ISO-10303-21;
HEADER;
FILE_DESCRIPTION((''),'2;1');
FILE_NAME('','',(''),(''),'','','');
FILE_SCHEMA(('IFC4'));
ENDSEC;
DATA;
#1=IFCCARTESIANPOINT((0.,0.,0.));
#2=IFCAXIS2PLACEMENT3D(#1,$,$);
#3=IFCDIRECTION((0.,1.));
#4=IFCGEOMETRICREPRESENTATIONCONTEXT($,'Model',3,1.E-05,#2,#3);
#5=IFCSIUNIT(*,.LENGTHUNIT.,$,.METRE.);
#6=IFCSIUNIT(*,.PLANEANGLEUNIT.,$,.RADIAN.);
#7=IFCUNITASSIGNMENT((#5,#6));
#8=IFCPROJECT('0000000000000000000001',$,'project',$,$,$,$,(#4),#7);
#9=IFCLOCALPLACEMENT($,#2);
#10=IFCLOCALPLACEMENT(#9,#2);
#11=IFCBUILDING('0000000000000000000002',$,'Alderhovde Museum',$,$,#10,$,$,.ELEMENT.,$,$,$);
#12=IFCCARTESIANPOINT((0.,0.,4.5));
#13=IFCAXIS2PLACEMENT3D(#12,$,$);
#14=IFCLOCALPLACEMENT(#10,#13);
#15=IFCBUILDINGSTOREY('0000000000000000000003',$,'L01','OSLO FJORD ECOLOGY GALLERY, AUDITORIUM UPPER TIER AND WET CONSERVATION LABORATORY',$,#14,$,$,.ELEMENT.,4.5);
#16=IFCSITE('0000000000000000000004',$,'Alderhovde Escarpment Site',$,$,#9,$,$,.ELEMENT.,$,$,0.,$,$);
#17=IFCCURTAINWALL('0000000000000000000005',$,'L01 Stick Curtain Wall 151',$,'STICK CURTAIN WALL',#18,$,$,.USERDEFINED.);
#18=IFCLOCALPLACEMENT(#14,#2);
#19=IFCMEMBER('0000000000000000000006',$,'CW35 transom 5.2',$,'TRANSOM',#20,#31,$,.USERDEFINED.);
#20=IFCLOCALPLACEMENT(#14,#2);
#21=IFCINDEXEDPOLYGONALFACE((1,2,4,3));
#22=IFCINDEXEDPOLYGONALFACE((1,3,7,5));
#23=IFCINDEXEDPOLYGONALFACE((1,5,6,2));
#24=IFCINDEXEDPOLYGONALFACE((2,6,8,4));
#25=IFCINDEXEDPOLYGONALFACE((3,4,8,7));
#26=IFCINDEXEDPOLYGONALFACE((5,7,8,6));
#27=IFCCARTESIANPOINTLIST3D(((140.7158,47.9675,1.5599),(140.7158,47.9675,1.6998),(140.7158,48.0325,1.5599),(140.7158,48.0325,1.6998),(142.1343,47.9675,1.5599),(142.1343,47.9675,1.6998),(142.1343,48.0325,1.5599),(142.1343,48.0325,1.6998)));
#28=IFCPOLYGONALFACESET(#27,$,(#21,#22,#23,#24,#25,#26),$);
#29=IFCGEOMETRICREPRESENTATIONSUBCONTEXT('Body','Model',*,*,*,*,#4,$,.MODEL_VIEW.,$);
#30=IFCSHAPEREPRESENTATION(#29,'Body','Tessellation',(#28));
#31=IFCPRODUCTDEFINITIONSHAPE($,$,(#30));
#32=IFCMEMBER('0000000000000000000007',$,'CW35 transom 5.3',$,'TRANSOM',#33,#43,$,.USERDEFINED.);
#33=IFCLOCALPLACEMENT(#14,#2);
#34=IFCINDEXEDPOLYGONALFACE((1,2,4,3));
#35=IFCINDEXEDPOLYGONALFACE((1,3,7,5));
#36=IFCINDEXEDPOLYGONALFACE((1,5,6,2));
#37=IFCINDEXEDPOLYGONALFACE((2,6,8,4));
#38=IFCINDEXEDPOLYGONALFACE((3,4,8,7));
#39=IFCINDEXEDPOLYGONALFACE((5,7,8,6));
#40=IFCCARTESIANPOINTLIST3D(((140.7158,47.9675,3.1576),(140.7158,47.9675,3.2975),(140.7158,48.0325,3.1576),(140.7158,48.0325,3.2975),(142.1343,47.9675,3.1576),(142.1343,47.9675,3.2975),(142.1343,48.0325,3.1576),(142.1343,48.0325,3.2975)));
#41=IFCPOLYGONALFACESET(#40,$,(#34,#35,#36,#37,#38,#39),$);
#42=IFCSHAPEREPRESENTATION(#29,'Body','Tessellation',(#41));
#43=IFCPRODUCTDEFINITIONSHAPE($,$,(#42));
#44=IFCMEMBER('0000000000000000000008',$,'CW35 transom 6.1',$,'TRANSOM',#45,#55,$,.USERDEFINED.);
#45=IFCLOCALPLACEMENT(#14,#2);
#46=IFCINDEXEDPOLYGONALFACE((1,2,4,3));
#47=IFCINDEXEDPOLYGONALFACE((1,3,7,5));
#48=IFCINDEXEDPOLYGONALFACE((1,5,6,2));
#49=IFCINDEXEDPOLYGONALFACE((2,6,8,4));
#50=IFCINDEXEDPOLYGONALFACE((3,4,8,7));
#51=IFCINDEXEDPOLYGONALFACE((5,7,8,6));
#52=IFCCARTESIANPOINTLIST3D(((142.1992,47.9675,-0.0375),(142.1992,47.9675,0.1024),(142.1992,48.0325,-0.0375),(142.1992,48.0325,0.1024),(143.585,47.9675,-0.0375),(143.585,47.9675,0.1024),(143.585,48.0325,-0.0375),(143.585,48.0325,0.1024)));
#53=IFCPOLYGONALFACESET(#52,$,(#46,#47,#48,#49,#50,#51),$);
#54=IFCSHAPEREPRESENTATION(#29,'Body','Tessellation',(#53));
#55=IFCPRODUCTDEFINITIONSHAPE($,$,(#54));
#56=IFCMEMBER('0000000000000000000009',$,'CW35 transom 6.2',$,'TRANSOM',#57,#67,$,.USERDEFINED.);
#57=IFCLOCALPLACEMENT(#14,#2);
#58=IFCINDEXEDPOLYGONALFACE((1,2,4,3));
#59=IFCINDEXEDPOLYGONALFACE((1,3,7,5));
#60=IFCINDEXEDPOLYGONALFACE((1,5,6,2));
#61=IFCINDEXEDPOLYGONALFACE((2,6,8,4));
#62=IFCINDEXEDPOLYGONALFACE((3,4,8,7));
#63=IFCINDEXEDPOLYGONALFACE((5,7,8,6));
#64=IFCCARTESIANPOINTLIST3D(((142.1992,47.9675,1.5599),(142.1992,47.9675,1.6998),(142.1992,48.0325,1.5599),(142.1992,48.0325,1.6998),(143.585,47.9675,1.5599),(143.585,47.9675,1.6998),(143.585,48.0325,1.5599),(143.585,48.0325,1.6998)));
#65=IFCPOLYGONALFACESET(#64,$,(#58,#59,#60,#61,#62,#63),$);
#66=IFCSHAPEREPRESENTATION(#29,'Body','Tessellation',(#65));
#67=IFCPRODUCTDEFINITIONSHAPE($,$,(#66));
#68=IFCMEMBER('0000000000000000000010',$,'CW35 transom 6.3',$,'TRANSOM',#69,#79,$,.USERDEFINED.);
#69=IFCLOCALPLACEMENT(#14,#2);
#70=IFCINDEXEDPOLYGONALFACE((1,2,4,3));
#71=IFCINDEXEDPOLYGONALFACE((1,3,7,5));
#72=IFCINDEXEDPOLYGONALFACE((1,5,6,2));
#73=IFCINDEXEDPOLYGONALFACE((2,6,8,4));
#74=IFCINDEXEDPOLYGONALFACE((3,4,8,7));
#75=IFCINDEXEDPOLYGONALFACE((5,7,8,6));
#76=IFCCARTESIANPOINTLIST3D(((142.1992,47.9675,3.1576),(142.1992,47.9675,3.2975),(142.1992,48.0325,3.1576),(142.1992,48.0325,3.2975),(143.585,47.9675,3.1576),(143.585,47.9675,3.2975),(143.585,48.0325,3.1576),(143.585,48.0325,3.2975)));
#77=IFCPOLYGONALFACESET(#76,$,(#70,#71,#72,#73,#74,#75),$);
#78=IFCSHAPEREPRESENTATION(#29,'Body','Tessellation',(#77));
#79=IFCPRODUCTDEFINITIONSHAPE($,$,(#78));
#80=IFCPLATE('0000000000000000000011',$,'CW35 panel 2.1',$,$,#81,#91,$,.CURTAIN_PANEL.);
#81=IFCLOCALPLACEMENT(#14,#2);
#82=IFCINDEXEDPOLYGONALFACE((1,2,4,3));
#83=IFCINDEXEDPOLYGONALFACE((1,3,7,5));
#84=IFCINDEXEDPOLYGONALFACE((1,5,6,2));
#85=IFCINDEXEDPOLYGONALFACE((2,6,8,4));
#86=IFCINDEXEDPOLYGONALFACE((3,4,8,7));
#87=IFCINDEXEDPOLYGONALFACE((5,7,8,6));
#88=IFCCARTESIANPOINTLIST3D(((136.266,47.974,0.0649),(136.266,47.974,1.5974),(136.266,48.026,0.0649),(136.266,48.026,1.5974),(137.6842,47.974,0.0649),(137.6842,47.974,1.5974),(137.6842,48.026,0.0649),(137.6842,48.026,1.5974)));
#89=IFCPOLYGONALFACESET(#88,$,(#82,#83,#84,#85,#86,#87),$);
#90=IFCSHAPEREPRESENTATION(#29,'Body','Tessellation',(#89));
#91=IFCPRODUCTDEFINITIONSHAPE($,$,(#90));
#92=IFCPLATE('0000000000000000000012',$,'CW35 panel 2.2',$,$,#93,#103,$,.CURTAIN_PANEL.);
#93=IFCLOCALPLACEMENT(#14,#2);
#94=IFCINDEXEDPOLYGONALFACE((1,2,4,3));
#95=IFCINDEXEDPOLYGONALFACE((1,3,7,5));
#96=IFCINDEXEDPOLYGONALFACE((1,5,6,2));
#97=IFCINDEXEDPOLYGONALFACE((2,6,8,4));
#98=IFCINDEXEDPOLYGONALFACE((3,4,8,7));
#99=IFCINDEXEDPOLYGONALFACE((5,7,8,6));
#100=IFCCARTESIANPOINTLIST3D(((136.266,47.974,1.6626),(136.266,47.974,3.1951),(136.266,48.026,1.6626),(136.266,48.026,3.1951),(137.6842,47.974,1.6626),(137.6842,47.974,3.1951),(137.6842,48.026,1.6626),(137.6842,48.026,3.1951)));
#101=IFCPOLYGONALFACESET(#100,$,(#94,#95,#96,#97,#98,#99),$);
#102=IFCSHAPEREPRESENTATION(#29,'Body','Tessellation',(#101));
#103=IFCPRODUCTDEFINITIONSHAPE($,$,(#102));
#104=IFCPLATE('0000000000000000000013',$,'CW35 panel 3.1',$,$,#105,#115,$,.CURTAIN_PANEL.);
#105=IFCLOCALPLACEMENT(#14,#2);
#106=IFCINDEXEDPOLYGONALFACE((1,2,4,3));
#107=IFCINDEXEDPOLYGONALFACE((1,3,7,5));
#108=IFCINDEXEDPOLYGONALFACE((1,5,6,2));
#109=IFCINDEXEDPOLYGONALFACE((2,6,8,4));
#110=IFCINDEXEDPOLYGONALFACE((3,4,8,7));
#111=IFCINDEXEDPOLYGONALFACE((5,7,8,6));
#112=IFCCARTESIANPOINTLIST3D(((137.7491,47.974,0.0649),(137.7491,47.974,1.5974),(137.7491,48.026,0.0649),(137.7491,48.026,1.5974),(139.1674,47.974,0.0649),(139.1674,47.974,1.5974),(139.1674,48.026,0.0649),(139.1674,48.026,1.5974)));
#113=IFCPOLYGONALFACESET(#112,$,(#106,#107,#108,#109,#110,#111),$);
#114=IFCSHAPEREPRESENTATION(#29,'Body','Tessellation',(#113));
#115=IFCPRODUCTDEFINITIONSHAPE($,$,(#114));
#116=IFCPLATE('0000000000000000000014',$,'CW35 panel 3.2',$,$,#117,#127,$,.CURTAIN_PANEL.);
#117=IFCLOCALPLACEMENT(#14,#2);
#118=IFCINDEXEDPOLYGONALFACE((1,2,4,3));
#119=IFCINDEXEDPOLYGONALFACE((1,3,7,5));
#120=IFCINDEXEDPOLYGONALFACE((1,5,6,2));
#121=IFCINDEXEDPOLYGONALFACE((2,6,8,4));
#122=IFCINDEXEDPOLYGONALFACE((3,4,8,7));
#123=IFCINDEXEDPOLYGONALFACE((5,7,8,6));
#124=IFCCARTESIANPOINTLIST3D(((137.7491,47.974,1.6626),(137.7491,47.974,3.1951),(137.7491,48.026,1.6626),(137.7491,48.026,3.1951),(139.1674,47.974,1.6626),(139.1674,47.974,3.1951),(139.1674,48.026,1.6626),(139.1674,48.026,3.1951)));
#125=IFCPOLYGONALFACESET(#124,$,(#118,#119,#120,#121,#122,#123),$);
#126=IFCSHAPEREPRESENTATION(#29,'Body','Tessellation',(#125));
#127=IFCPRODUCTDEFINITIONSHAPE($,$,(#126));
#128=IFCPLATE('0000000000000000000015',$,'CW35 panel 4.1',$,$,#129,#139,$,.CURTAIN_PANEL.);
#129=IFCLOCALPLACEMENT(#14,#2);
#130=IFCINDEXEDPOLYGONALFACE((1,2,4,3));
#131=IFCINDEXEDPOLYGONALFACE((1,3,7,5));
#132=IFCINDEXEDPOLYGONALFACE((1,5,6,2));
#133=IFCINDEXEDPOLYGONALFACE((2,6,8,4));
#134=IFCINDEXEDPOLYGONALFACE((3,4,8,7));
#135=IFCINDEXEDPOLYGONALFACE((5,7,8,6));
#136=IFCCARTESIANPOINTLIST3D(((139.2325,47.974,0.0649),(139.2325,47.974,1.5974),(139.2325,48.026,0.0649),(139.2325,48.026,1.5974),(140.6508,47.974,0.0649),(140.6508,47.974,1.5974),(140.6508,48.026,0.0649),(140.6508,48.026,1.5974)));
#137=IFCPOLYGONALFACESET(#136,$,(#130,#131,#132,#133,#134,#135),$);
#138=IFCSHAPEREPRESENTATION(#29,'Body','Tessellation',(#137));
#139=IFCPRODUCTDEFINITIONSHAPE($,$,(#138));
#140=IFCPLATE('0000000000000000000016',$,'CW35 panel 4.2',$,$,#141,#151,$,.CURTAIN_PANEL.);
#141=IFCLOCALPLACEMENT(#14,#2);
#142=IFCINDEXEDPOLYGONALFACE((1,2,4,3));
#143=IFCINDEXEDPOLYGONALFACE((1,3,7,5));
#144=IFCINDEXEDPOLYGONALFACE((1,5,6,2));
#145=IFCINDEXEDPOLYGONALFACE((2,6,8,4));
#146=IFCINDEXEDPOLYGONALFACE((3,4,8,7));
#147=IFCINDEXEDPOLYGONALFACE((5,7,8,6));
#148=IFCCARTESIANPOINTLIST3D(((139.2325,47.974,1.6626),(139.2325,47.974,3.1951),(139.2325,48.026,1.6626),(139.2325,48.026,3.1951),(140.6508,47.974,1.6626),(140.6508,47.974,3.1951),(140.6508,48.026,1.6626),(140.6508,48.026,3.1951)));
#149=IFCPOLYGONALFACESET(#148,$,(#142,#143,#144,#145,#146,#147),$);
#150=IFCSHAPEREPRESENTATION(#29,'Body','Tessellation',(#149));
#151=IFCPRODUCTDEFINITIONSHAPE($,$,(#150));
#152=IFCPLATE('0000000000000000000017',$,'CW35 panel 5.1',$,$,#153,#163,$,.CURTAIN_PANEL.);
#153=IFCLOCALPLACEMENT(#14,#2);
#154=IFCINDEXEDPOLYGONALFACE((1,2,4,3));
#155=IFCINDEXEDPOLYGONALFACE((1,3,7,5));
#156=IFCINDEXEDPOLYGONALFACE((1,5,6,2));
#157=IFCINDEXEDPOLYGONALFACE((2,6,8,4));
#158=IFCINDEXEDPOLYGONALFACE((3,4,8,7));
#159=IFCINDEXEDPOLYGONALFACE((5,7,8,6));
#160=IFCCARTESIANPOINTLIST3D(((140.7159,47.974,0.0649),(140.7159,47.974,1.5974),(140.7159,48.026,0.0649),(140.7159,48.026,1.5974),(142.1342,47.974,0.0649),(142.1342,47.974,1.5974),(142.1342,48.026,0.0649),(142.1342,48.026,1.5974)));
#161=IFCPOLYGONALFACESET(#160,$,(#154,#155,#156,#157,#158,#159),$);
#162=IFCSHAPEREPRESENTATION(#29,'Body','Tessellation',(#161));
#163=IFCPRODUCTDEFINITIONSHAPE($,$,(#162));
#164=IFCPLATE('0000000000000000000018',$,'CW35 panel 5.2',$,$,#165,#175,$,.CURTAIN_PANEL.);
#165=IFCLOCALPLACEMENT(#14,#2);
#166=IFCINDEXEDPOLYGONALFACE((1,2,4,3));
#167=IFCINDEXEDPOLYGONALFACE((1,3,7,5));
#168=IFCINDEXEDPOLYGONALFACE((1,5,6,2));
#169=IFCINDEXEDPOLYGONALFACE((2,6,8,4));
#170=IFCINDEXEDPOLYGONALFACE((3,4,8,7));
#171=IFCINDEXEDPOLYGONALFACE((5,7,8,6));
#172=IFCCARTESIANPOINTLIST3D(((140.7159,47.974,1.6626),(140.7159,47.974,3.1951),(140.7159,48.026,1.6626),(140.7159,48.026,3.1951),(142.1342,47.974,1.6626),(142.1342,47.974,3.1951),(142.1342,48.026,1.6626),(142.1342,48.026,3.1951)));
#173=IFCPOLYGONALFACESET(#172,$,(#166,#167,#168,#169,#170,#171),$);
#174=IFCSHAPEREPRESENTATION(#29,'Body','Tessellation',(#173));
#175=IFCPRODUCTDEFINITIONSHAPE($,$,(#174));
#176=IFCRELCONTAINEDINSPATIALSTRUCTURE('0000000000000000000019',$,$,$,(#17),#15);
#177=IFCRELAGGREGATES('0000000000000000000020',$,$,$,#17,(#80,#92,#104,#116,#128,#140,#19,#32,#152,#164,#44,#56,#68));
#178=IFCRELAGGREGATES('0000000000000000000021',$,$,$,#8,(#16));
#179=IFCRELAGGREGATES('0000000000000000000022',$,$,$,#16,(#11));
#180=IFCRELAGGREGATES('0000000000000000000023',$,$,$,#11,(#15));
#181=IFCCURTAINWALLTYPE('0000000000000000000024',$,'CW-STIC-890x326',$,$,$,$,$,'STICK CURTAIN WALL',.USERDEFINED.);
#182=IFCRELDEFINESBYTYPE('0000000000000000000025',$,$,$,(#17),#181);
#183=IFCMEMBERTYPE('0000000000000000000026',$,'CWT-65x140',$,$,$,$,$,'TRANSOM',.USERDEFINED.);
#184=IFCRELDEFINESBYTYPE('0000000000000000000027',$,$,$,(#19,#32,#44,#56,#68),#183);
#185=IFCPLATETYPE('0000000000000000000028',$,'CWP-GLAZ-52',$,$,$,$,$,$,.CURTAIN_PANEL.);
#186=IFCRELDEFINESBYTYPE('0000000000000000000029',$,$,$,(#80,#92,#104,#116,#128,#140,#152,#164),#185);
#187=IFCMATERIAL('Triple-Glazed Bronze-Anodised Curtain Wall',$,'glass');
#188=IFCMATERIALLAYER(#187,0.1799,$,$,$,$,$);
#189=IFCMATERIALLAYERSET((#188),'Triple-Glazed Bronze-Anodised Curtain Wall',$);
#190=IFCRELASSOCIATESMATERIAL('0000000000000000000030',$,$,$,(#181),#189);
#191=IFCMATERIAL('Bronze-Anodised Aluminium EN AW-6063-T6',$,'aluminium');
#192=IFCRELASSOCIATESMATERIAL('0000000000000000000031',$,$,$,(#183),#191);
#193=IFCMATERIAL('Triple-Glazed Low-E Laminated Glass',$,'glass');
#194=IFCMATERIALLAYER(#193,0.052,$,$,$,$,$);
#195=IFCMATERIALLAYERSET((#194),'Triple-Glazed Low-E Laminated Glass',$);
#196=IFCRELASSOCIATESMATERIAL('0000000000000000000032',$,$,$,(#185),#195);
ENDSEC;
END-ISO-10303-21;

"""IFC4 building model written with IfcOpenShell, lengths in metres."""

from ifc_helpers import new_model, si_unit, direction, frame, origin, origin_2d, place, context, subcontext, project, spatial, rectangle, extrude, material, layer, layer_set, material_profile, profile_set, type_object, element, aggregate, save


model = new_model("IFC4")

# Units and contexts
model_context = context("Model", 3, precision=1e-05, world=origin(), true_north=direction((0.0, 1.0)))
body_context = subcontext(model_context, "Body", "Model", "MODEL_VIEW")
ifc_project = project(units=[si_unit("LENGTHUNIT", "METRE"), si_unit("PLANEANGLEUNIT", "RADIAN")], contexts=[model_context])

# Site, building, storey
site_placement = place(None, origin())
site = spatial("IfcSite", under=ifc_project, at=site_placement, Name="Alderhovde Escarpment Site", CompositionType="ELEMENT", RefElevation=0.0)
building_placement = place(site_placement, origin())
building = spatial("IfcBuilding", under=site, at=building_placement, Name="Alderhovde Museum", CompositionType="ELEMENT")
storey_placement = place(building_placement, frame((0.0, 0.0, 4.5)))
storey = spatial("IfcBuildingStorey", under=building, at=storey_placement, Name="L01", Description="OSLO FJORD ECOLOGY GALLERY, AUDITORIUM UPPER TIER AND WET CONSERVATION LABORATORY", CompositionType="ELEMENT", Elevation=4.5)

# Curtain wall, members, plates
ifc_material_1 = material(Name="Triple-Glazed Bronze-Anodised Curtain Wall", Category="glass")
ifc_layer_1 = layer(ifc_material_1, 0.1799)
ifc_layer_set_1 = layer_set([ifc_layer_1], Name="Triple-Glazed Bronze-Anodised Curtain Wall")
curtain_wall_type = type_object("IfcCurtainWallType", Name="CW-STIC-890x326", ElementType="STICK CURTAIN WALL", PredefinedType="USERDEFINED", material=ifc_layer_set_1)
curtain_wall_placement = place(storey_placement, origin())
curtain_wall = element("IfcCurtainWall", 1, at=curtain_wall_placement, inside=storey, type_object=curtain_wall_type, Name="L01 Stick Curtain Wall 151", ObjectType="STICK CURTAIN WALL", PredefinedType="USERDEFINED")
ifc_material_2 = material(Name="Bronze-Anodised Aluminium EN AW-6063-T6", Category="aluminium")
ifc_material_profile_1 = material_profile(ifc_material_2, rectangle(XDim=0.0649, YDim=0.1399, at=origin_2d()), Name="TRANSOM 65x140")
ifc_profile_set_1 = profile_set([ifc_material_profile_1], Name="Bronze-Anodised Aluminium EN AW-6063-T6")
member_type_1 = type_object("IfcMemberType", Name="CWT-65x140", ElementType="TRANSOM", PredefinedType="USERDEFINED", material=ifc_profile_set_1)
member_1_placement = place(storey_placement, frame((140.7158, 48.0, 1.6299), z_axis=(1.0, 0.0, 0.0), x_axis=(0.0, 1.0, 0.0)))
member_1 = element("IfcMember", 2, at=member_1_placement, type_object=member_type_1, Name="CW35 transom 5.2", ObjectType="TRANSOM", PredefinedType="USERDEFINED", context=body_context, shape_type="SweptSolid", body=[
    extrude(rectangle(XDim=0.0649, YDim=0.1399, at=origin_2d()), origin(), (0.0, 0.0, 1.0), 1.4185),
])
member_2_placement = place(storey_placement, frame((140.7158, 48.0, 3.2275), z_axis=(1.0, 0.0, 0.0), x_axis=(0.0, 1.0, 0.0)))
member_2 = element("IfcMember", 3, at=member_2_placement, type_object=member_type_1, Name="CW35 transom 5.3", ObjectType="TRANSOM", PredefinedType="USERDEFINED", context=body_context, shape_type="SweptSolid", body=[
    extrude(rectangle(XDim=0.0649, YDim=0.1399, at=origin_2d()), origin(), (0.0, 0.0, 1.0), 1.4185),
])
member_3_placement = place(storey_placement, frame((142.1992, 48.0, 0.0325), z_axis=(1.0, 0.0, 0.0), x_axis=(0.0, 1.0, 0.0)))
member_3 = element("IfcMember", 4, at=member_3_placement, type_object=member_type_1, Name="CW35 transom 6.1", ObjectType="TRANSOM", PredefinedType="USERDEFINED", context=body_context, shape_type="SweptSolid", body=[
    extrude(rectangle(XDim=0.0649, YDim=0.1399, at=origin_2d()), origin(), (0.0, 0.0, 1.0), 1.3857),
])
member_4_placement = place(storey_placement, frame((142.1992, 48.0, 1.6299), z_axis=(1.0, 0.0, 0.0), x_axis=(0.0, 1.0, 0.0)))
member_4 = element("IfcMember", 5, at=member_4_placement, type_object=member_type_1, Name="CW35 transom 6.2", ObjectType="TRANSOM", PredefinedType="USERDEFINED", context=body_context, shape_type="SweptSolid", body=[
    extrude(rectangle(XDim=0.0649, YDim=0.1399, at=origin_2d()), origin(), (0.0, 0.0, 1.0), 1.3857),
])
member_5_placement = place(storey_placement, frame((142.1992, 48.0, 3.2275), z_axis=(1.0, 0.0, 0.0), x_axis=(0.0, 1.0, 0.0)))
member_5 = element("IfcMember", 6, at=member_5_placement, type_object=member_type_1, Name="CW35 transom 6.3", ObjectType="TRANSOM", PredefinedType="USERDEFINED", context=body_context, shape_type="SweptSolid", body=[
    extrude(rectangle(XDim=0.0649, YDim=0.1399, at=origin_2d()), origin(), (0.0, 0.0, 1.0), 1.3857),
])
ifc_material_3 = material(Name="Triple-Glazed Low-E Laminated Glass", Category="glass")
ifc_layer_2 = layer(ifc_material_3, 0.052)
ifc_layer_set_2 = layer_set([ifc_layer_2], Name="Triple-Glazed Low-E Laminated Glass")
plate_type = type_object("IfcPlateType", Name="CWP-GLAZ-52", PredefinedType="CURTAIN_PANEL", material=ifc_layer_set_2)
plate_1_placement = place(storey_placement, frame((136.9751, 48.0, 0.0649), z_axis=(0.0, 0.0, 1.0), x_axis=(1.0, 0.0, 0.0)))
plate_1 = element("IfcPlate", 7, at=plate_1_placement, type_object=plate_type, Name="CW35 panel 2.1", PredefinedType="CURTAIN_PANEL", context=body_context, shape_type="SweptSolid", body=[
    extrude(rectangle(XDim=1.4182, YDim=0.052, at=origin_2d()), origin(), (0.0, 0.0, 1.0), 1.5325),
])
plate_2_placement = place(storey_placement, frame((136.9751, 48.0, 1.6626), z_axis=(0.0, 0.0, 1.0), x_axis=(1.0, 0.0, 0.0)))
plate_2 = element("IfcPlate", 8, at=plate_2_placement, type_object=plate_type, Name="CW35 panel 2.2", PredefinedType="CURTAIN_PANEL", context=body_context, shape_type="SweptSolid", body=[
    extrude(rectangle(XDim=1.4182, YDim=0.052, at=origin_2d()), origin(), (0.0, 0.0, 1.0), 1.5325),
])
plate_3_placement = place(storey_placement, frame((138.4583, 48.0, 0.0649), z_axis=(0.0, 0.0, 1.0), x_axis=(1.0, 0.0, 0.0)))
plate_3 = element("IfcPlate", 9, at=plate_3_placement, type_object=plate_type, Name="CW35 panel 3.1", PredefinedType="CURTAIN_PANEL", context=body_context, shape_type="SweptSolid", body=[
    extrude(rectangle(XDim=1.4182, YDim=0.052, at=origin_2d()), origin(), (0.0, 0.0, 1.0), 1.5325),
])
plate_4_placement = place(storey_placement, frame((138.4583, 48.0, 1.6626), z_axis=(0.0, 0.0, 1.0), x_axis=(1.0, 0.0, 0.0)))
plate_4 = element("IfcPlate", 10, at=plate_4_placement, type_object=plate_type, Name="CW35 panel 3.2", PredefinedType="CURTAIN_PANEL", context=body_context, shape_type="SweptSolid", body=[
    extrude(rectangle(XDim=1.4182, YDim=0.052, at=origin_2d()), origin(), (0.0, 0.0, 1.0), 1.5325),
])
plate_5_placement = place(storey_placement, frame((139.9417, 48.0, 0.0649), z_axis=(0.0, 0.0, 1.0), x_axis=(1.0, 0.0, 0.0)))
plate_5 = element("IfcPlate", 11, at=plate_5_placement, type_object=plate_type, Name="CW35 panel 4.1", PredefinedType="CURTAIN_PANEL", context=body_context, shape_type="SweptSolid", body=[
    extrude(rectangle(XDim=1.4182, YDim=0.052, at=origin_2d()), origin(), (0.0, 0.0, 1.0), 1.5325),
])
plate_6_placement = place(storey_placement, frame((139.9417, 48.0, 1.6626), z_axis=(0.0, 0.0, 1.0), x_axis=(1.0, 0.0, 0.0)))
plate_6 = element("IfcPlate", 12, at=plate_6_placement, type_object=plate_type, Name="CW35 panel 4.2", PredefinedType="CURTAIN_PANEL", context=body_context, shape_type="SweptSolid", body=[
    extrude(rectangle(XDim=1.4182, YDim=0.052, at=origin_2d()), origin(), (0.0, 0.0, 1.0), 1.5325),
])
plate_7_placement = place(storey_placement, frame((141.425, 48.0, 0.0649), z_axis=(0.0, 0.0, 1.0), x_axis=(1.0, 0.0, 0.0)))
plate_7 = element("IfcPlate", 13, at=plate_7_placement, type_object=plate_type, Name="CW35 panel 5.1", PredefinedType="CURTAIN_PANEL", context=body_context, shape_type="SweptSolid", body=[
    extrude(rectangle(XDim=1.4182, YDim=0.052, at=origin_2d()), origin(), (0.0, 0.0, 1.0), 1.5325),
])
plate_8_placement = place(storey_placement, frame((141.425, 48.0, 1.6626), z_axis=(0.0, 0.0, 1.0), x_axis=(1.0, 0.0, 0.0)))
plate_8 = element("IfcPlate", 14, at=plate_8_placement, type_object=plate_type, Name="CW35 panel 5.2", PredefinedType="CURTAIN_PANEL", context=body_context, shape_type="SweptSolid", body=[
    extrude(rectangle(XDim=1.4182, YDim=0.052, at=origin_2d()), origin(), (0.0, 0.0, 1.0), 1.5325),
])
aggregate(curtain_wall, [plate_1, plate_2, plate_3, plate_4, plate_5, plate_6, member_1, member_2, plate_7, plate_8, member_3, member_4, member_5])

save(model, "model.ifc")
